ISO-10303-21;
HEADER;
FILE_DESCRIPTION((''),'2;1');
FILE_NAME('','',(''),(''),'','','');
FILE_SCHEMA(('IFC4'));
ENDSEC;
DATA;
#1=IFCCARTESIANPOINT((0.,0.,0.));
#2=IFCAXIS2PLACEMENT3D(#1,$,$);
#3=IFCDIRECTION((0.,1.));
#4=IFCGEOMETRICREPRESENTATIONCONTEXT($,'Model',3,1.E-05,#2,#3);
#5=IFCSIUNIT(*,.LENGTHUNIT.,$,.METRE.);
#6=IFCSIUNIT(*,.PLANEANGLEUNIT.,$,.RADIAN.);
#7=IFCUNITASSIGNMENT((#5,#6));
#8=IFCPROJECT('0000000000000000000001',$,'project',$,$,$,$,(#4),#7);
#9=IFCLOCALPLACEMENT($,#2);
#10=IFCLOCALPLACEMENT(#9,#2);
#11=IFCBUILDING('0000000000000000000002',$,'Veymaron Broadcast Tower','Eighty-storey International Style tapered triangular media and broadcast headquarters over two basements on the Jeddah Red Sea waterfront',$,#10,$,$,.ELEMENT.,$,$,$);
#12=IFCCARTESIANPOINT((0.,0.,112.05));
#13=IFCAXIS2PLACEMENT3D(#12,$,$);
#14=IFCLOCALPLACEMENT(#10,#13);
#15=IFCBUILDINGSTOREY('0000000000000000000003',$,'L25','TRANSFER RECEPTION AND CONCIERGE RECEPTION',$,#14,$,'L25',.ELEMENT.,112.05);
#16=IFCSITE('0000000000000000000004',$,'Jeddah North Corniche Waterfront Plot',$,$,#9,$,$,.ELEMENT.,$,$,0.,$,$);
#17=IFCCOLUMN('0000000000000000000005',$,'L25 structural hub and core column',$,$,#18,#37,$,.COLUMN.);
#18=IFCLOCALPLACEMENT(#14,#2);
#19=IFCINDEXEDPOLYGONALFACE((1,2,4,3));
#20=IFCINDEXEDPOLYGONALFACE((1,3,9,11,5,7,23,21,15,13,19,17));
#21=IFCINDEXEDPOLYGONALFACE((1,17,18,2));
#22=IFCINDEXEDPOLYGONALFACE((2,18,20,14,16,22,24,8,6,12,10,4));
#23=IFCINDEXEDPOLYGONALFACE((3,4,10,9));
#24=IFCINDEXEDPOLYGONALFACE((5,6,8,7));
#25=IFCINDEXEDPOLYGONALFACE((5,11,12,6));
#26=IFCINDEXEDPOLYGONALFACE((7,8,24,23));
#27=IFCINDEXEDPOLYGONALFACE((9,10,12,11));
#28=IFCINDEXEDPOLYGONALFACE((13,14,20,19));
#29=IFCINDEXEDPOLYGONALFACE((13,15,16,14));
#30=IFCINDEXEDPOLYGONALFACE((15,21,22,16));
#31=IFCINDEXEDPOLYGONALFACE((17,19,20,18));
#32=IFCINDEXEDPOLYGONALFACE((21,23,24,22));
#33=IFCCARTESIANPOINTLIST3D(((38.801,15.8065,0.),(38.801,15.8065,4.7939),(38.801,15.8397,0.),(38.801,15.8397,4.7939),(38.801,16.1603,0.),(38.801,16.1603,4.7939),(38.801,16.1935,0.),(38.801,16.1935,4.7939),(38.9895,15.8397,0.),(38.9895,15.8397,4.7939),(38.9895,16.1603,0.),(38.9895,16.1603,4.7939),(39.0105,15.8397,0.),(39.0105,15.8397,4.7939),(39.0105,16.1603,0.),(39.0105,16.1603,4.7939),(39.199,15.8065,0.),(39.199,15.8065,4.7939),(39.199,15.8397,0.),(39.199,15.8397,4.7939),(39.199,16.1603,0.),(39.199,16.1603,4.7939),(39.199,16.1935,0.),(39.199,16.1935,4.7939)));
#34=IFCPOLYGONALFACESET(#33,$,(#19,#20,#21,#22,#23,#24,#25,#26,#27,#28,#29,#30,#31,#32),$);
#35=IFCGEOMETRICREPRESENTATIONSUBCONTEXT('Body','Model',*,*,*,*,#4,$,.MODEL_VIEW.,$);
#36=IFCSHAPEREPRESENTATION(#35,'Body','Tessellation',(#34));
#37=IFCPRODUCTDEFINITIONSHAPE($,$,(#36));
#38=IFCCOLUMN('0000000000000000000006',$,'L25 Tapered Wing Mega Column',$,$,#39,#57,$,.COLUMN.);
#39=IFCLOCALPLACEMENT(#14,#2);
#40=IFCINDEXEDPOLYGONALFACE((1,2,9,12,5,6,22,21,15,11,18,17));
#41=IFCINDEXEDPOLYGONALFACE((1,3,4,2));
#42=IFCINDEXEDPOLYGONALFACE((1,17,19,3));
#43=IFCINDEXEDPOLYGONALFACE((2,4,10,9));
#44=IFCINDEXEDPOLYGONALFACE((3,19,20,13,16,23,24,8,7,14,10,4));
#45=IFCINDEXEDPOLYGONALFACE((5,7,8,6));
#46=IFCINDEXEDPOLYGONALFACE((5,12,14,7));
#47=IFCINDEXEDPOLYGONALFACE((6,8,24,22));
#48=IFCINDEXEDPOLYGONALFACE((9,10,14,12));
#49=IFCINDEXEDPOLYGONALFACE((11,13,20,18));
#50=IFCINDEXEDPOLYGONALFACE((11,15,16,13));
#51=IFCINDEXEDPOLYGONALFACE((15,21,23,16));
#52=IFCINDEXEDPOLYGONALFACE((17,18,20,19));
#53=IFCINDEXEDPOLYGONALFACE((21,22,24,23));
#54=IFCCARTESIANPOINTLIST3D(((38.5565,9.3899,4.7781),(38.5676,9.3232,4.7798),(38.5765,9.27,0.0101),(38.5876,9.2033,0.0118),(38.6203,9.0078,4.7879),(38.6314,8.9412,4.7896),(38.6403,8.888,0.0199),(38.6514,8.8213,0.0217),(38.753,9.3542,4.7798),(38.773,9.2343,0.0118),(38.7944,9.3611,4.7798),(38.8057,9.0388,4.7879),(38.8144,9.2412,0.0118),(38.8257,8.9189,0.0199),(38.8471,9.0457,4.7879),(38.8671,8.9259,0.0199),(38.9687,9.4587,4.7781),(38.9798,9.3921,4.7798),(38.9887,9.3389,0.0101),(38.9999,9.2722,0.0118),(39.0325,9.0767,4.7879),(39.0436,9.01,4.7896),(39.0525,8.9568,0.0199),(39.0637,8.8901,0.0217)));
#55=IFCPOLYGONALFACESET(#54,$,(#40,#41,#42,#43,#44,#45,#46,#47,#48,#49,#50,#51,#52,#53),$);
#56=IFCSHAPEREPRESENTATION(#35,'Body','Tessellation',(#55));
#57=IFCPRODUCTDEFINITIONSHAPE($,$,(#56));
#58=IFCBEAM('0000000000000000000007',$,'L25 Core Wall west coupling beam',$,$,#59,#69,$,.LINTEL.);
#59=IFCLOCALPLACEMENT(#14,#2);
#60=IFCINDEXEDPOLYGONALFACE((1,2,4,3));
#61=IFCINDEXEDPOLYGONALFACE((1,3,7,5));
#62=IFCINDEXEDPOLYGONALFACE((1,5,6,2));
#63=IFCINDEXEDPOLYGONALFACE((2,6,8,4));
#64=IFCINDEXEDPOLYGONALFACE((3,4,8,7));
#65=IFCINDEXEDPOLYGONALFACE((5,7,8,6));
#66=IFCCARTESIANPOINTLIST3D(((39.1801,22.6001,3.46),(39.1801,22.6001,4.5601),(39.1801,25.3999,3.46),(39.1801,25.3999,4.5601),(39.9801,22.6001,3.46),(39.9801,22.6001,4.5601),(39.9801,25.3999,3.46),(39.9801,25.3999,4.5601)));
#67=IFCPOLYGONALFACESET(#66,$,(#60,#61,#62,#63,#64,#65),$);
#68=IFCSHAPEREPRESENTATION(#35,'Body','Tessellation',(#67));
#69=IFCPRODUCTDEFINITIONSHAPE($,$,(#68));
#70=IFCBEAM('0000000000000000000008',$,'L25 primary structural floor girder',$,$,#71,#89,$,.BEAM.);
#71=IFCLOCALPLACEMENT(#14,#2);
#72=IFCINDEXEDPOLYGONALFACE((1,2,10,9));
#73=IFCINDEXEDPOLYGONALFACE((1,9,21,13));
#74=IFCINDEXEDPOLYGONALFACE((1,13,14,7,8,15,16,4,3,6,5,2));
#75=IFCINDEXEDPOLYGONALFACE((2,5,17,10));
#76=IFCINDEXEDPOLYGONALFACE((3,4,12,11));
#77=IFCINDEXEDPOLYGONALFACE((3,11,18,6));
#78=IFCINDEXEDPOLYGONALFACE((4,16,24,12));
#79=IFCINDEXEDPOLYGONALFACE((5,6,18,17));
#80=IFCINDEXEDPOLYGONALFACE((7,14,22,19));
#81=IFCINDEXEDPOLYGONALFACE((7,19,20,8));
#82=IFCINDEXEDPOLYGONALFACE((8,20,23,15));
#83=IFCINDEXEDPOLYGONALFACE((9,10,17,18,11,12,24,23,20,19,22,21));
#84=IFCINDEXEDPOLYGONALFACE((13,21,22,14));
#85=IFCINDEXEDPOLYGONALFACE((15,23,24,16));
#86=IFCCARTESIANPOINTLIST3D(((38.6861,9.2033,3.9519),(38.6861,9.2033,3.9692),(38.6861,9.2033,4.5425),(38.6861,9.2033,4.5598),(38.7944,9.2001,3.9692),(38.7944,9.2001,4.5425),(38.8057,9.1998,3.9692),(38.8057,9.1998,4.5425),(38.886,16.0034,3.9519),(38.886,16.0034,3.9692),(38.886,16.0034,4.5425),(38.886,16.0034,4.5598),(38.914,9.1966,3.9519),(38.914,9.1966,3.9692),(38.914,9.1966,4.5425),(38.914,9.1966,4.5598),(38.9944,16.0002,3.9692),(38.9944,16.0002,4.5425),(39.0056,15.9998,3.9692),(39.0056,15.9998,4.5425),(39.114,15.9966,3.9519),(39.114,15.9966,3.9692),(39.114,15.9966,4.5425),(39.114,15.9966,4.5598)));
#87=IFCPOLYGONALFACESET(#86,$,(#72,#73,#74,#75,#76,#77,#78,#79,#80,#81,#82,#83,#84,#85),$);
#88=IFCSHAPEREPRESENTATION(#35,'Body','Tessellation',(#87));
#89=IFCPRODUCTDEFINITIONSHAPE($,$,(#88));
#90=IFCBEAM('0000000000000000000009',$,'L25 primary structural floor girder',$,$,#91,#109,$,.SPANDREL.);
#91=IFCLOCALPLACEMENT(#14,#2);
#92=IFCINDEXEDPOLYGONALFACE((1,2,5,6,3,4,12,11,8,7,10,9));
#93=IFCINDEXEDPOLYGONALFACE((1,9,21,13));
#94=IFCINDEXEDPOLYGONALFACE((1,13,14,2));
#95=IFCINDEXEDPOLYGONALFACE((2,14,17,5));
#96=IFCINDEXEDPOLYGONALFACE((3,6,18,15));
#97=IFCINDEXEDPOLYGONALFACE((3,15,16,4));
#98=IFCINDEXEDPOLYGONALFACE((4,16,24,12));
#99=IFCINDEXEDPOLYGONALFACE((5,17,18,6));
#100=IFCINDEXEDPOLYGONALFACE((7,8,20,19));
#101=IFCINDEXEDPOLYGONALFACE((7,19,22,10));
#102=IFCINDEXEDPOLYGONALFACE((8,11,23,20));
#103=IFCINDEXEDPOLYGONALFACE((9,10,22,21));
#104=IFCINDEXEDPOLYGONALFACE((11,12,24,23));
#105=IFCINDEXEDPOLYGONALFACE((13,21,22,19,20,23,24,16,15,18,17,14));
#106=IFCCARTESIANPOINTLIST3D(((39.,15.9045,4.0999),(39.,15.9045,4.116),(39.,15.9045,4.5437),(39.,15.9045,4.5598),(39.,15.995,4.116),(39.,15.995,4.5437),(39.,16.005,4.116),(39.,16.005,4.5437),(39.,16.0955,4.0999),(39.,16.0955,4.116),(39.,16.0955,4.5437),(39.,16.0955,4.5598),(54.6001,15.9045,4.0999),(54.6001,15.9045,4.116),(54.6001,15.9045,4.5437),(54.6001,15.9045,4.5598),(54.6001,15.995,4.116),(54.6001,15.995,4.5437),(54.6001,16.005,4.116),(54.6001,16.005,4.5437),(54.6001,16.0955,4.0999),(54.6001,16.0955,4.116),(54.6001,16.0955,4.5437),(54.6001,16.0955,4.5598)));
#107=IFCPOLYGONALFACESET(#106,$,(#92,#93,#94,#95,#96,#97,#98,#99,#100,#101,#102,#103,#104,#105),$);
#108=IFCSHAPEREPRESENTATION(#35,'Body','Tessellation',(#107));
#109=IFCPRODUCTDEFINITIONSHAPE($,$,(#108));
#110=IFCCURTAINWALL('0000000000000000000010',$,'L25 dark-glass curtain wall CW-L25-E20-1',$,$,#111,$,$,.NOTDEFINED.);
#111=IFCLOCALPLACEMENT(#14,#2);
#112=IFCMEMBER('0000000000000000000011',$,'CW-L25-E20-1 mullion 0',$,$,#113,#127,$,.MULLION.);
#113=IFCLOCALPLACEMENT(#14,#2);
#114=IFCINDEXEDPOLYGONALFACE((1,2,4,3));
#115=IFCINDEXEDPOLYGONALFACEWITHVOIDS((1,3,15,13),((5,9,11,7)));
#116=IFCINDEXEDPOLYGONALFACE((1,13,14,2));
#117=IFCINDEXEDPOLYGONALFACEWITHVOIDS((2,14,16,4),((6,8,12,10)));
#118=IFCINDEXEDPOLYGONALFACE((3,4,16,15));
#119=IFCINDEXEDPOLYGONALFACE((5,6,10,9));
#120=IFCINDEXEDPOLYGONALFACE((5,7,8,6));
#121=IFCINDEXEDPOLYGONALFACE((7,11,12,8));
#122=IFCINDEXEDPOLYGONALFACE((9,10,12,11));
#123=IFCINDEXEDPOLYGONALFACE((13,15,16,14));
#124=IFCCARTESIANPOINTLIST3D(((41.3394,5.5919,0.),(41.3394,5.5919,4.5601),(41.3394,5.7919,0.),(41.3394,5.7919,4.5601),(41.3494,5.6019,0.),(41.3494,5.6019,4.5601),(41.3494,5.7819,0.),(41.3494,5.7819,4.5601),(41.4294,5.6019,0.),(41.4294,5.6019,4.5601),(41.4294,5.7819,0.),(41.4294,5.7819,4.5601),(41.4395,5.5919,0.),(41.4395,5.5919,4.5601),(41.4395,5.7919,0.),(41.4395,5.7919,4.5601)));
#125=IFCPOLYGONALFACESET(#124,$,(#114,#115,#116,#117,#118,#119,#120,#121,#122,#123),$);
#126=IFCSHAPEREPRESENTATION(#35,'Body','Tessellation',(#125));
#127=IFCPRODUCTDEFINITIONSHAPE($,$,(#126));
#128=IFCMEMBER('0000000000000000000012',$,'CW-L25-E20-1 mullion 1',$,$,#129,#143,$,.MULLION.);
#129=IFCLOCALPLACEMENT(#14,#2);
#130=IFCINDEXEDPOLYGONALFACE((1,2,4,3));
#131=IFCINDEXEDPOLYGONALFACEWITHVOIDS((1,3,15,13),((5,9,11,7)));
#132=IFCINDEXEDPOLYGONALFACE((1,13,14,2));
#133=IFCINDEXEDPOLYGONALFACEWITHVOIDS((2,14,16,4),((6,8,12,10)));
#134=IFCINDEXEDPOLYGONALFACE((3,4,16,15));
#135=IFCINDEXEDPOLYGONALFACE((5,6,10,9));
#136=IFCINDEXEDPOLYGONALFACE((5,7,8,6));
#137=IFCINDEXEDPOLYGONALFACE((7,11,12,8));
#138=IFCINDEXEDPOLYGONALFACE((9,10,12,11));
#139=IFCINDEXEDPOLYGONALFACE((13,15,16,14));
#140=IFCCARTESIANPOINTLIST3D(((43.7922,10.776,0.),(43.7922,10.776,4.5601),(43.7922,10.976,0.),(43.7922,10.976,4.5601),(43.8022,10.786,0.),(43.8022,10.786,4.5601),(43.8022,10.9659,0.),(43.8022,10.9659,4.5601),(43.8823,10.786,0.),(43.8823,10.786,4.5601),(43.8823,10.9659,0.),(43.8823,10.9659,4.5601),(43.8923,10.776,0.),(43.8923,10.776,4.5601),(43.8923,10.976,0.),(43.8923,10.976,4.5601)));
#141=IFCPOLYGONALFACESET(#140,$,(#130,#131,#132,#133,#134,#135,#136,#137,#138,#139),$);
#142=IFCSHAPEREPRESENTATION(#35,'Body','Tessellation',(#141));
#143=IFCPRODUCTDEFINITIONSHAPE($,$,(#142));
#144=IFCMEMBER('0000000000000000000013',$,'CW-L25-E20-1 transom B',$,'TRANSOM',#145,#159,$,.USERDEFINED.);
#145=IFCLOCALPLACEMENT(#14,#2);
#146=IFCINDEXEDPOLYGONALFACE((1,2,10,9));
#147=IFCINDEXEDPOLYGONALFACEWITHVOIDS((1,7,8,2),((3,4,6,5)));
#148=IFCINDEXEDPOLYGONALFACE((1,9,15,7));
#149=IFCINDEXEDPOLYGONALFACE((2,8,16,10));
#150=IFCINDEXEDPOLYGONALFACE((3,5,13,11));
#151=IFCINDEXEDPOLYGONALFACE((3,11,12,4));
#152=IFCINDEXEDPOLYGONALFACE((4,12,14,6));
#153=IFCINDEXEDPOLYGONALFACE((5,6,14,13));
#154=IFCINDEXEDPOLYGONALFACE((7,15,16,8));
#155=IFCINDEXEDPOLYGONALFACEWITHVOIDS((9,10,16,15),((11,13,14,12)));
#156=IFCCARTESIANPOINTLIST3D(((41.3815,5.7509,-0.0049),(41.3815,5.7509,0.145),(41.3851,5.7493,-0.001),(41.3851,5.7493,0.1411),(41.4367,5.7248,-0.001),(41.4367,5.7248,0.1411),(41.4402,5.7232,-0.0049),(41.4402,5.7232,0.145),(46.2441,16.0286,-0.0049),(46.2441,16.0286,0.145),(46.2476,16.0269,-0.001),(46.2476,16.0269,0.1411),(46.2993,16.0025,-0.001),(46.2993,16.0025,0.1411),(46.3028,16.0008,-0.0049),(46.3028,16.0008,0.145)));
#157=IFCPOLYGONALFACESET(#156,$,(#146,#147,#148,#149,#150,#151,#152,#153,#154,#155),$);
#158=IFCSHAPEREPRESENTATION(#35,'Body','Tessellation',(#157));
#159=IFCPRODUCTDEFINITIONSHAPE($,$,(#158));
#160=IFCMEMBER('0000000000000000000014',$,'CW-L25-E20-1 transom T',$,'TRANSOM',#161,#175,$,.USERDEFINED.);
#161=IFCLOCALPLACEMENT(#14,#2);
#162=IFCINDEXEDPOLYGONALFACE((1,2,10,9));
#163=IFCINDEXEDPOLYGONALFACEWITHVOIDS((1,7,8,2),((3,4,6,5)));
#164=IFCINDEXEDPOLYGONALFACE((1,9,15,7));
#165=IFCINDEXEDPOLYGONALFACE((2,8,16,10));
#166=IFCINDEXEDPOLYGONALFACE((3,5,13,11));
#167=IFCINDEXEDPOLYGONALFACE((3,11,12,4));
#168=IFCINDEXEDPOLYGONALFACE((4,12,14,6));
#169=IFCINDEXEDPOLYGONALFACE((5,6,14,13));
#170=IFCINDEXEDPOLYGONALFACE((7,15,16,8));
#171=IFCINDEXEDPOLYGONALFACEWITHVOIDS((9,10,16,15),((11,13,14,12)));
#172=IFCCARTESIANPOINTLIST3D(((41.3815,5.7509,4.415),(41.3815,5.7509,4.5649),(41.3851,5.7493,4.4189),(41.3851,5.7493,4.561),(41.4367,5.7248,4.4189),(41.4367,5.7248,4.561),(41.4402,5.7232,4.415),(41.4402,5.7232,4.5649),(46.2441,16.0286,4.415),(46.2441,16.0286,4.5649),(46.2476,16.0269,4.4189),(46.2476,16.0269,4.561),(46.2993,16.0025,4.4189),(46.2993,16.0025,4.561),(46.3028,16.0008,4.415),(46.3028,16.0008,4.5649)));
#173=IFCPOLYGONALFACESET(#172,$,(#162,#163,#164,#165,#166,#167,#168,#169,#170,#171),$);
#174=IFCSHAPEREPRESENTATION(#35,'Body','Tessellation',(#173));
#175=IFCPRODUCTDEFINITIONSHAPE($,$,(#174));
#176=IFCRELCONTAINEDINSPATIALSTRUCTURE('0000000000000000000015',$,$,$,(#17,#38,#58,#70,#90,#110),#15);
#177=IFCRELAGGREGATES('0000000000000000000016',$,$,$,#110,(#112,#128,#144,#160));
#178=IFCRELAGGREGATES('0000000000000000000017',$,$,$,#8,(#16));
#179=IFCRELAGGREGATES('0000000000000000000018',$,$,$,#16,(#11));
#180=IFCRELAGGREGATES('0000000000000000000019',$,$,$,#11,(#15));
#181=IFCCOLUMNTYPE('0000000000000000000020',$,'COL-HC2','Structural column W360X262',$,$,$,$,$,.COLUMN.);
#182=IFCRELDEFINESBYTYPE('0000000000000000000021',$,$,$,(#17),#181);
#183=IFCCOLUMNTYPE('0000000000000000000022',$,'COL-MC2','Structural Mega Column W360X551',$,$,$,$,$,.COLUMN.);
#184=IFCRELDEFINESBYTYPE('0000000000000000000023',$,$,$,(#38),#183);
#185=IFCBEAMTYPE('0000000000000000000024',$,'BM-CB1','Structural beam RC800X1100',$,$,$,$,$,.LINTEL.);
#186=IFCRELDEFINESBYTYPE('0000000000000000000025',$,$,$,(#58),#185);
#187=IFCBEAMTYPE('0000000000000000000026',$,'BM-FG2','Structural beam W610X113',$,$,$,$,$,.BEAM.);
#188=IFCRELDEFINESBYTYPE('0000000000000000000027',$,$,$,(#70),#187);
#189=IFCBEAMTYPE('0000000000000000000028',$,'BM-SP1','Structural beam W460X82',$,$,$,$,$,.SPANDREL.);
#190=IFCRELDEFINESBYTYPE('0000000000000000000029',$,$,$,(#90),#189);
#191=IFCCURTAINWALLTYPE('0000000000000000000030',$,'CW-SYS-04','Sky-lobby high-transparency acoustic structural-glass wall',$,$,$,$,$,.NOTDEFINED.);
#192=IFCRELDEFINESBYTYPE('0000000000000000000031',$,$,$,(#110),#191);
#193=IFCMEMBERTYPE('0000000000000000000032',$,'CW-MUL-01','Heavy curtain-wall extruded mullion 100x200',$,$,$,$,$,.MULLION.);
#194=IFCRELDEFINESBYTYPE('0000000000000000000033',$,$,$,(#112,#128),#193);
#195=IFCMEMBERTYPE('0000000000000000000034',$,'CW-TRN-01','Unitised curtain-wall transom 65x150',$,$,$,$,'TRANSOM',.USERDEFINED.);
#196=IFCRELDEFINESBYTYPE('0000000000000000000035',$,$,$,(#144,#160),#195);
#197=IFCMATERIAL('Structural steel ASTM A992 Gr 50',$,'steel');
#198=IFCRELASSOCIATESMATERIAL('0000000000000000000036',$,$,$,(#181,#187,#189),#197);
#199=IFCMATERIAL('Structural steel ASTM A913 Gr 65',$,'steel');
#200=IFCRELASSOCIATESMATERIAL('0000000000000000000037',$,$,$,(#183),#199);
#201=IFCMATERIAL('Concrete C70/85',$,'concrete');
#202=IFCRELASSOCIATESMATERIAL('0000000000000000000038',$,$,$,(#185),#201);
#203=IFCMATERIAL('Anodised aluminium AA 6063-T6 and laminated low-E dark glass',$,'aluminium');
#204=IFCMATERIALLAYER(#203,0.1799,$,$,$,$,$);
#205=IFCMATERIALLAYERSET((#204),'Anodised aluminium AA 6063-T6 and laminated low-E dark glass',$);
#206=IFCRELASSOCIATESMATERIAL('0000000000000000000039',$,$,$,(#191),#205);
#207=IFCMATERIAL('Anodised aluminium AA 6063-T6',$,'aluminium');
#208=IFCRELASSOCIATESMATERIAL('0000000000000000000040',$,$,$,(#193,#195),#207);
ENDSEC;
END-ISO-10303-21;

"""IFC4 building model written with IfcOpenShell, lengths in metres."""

from ifc_helpers import new_model, si_unit, direction, frame, origin, origin_2d, place, context, subcontext, project, spatial, rectangle, hollow_rectangle, i_section, extrude, material, layer, layer_set, material_profile, profile_set, type_object, element, aggregate, save


model = new_model("IFC4")

# Units and contexts
model_context = context("Model", 3, precision=1e-05, world=origin(), true_north=direction((0.0, 1.0)))
body_context = subcontext(model_context, "Body", "Model", "MODEL_VIEW")
ifc_project = project(units=[si_unit("LENGTHUNIT", "METRE"), si_unit("PLANEANGLEUNIT", "RADIAN")], contexts=[model_context])

# Site, building, storey
site_placement = place(None, origin())
site = spatial("IfcSite", under=ifc_project, at=site_placement, Name="Jeddah North Corniche Waterfront Plot", CompositionType="ELEMENT", RefElevation=0.0)
building_placement = place(site_placement, origin())
building = spatial("IfcBuilding", under=site, at=building_placement, Name="Veymaron Broadcast Tower", Description="Eighty-storey International Style tapered triangular media and broadcast headquarters over two basements on the Jeddah Red Sea waterfront", CompositionType="ELEMENT")
storey_placement = place(building_placement, frame((0.0, 0.0, 112.05)))
storey = spatial("IfcBuildingStorey", under=building, at=storey_placement, Name="L25", Description="TRANSFER RECEPTION AND CONCIERGE RECEPTION", LongName="L25", CompositionType="ELEMENT", Elevation=112.05)

# Columns
ifc_material_1 = material(Name="Structural steel ASTM A992 Gr 50", Category="steel")
ifc_material_profile_1 = material_profile(ifc_material_1, i_section(OverallWidth=0.3979, OverallDepth=0.387, WebThickness=0.021, FlangeThickness=0.0332, at=origin_2d()), Name="W360X262")
ifc_profile_set_1 = profile_set([ifc_material_profile_1], Name="Structural steel ASTM A992 Gr 50")
column_type_1 = type_object("IfcColumnType", Name="COL-HC2", Description="Structural column W360X262", PredefinedType="COLUMN", material=ifc_profile_set_1)
column_1_placement = place(storey_placement, frame((39.0, 16.0, 0.0), z_axis=(0.0, 0.0, 1.0), x_axis=(1.0, 0.0, 0.0)))
element("IfcColumn", 1, at=column_1_placement, inside=storey, type_object=column_type_1, Name="L25 structural hub and core column", PredefinedType="COLUMN", context=body_context, shape_type="SweptSolid", body=[
    extrude(i_section(OverallWidth=0.3979, OverallDepth=0.387, WebThickness=0.021, FlangeThickness=0.0332, at=origin_2d()), origin(), (0.0, 0.0, 1.0), 4.7939),
])
ifc_material_2 = material(Name="Structural steel ASTM A913 Gr 65", Category="steel")
ifc_material_profile_2 = material_profile(ifc_material_2, i_section(OverallWidth=0.418, OverallDepth=0.4551, WebThickness=0.042, FlangeThickness=0.0676, at=origin_2d()), Name="W360X551")
ifc_profile_set_2 = profile_set([ifc_material_profile_2], Name="Structural steel ASTM A913 Gr 65")
column_type_2 = type_object("IfcColumnType", Name="COL-MC2", Description="Structural Mega Column W360X551", PredefinedType="COLUMN", material=ifc_profile_set_2)
column_2_placement = place(storey_placement, frame((38.8201, 9.0801, 0.0159), z_axis=(-0.004197, 0.025133, 0.999675), x_axis=(-0.98634, -0.164725, 0.0)))
element("IfcColumn", 2, at=column_2_placement, inside=storey, type_object=column_type_2, Name="L25 Tapered Wing Mega Column", PredefinedType="COLUMN", context=body_context, shape_type="SweptSolid", body=[
    extrude(i_section(OverallWidth=0.418, OverallDepth=0.4551, WebThickness=0.042, FlangeThickness=0.0676, at=origin_2d()), origin(), (0.0, 0.0, 1.0), 4.7695),
])

# Beams
ifc_material_3 = material(Name="Concrete C70/85", Category="concrete")
ifc_material_profile_3 = material_profile(ifc_material_3, rectangle(XDim=0.8, YDim=1.1001, at=origin_2d()), Name="RC800X1100")
ifc_profile_set_3 = profile_set([ifc_material_profile_3], Name="Concrete C70/85")
beam_type_1 = type_object("IfcBeamType", Name="BM-CB1", Description="Structural beam RC800X1100", PredefinedType="LINTEL", material=ifc_profile_set_3)
beam_1_placement = place(storey_placement, frame((39.5801, 22.6001, 4.01), z_axis=(0.0, 1.0, 0.0), x_axis=(-1.0, 0.0, 0.0)))
element("IfcBeam", 3, at=beam_1_placement, inside=storey, type_object=beam_type_1, Name="L25 Core Wall west coupling beam", PredefinedType="LINTEL", context=body_context, shape_type="SweptSolid", body=[
    extrude(rectangle(XDim=0.8, YDim=1.1001, at=origin_2d()), origin(), (0.0, 0.0, 1.0), 2.7998),
])
ifc_material_profile_4 = material_profile(ifc_material_1, i_section(OverallWidth=0.228, OverallDepth=0.6079, WebThickness=0.0112, FlangeThickness=0.0173, at=origin_2d()), Name="W610X113")
ifc_profile_set_4 = profile_set([ifc_material_profile_4], Name="Structural steel ASTM A992 Gr 50")
beam_type_2 = type_object("IfcBeamType", Name="BM-FG2", Description="Structural beam W610X113", PredefinedType="BEAM", material=ifc_profile_set_4)
beam_2_placement = place(storey_placement, frame((39.0, 16.0, 4.2559), z_axis=(-0.029392, -0.999568, 0.0), x_axis=(0.999568, -0.029392, 0.0)))
element("IfcBeam", 4, at=beam_2_placement, inside=storey, type_object=beam_type_2, Name="L25 primary structural floor girder", PredefinedType="BEAM", context=body_context, shape_type="SweptSolid", body=[
    extrude(i_section(OverallWidth=0.228, OverallDepth=0.6079, WebThickness=0.0112, FlangeThickness=0.0173, at=origin_2d()), origin(), (0.0, 0.0, 1.0), 6.803),
])
ifc_material_profile_5 = material_profile(ifc_material_1, i_section(OverallWidth=0.1909, OverallDepth=0.46, WebThickness=0.01, FlangeThickness=0.0161, at=origin_2d()), Name="W460X82")
ifc_profile_set_5 = profile_set([ifc_material_profile_5], Name="Structural steel ASTM A992 Gr 50")
beam_type_3 = type_object("IfcBeamType", Name="BM-SP1", Description="Structural beam W460X82", PredefinedType="SPANDREL", material=ifc_profile_set_5)
beam_3_placement = place(storey_placement, frame((39.0, 16.0, 4.3298), z_axis=(1.0, 0.0, 0.0), x_axis=(0.0, 1.0, 0.0)))
element("IfcBeam", 5, at=beam_3_placement, inside=storey, type_object=beam_type_3, Name="L25 primary structural floor girder", PredefinedType="SPANDREL", context=body_context, shape_type="SweptSolid", body=[
    extrude(i_section(OverallWidth=0.1909, OverallDepth=0.46, WebThickness=0.01, FlangeThickness=0.0161, at=origin_2d()), origin(), (0.0, 0.0, 1.0), 15.6001),
])

# Curtain wall, members
ifc_material_4 = material(Name="Anodised aluminium AA 6063-T6 and laminated low-E dark glass", Category="aluminium")
ifc_layer_1 = layer(ifc_material_4, 0.1799)
ifc_layer_set_1 = layer_set([ifc_layer_1], Name="Anodised aluminium AA 6063-T6 and laminated low-E dark glass")
curtain_wall_type = type_object("IfcCurtainWallType", Name="CW-SYS-04", Description="Sky-lobby high-transparency acoustic structural-glass wall", PredefinedType="NOTDEFINED", material=ifc_layer_set_1)
curtain_wall_placement = place(storey_placement, origin())
curtain_wall = element("IfcCurtainWall", 6, at=curtain_wall_placement, inside=storey, type_object=curtain_wall_type, Name="L25 dark-glass curtain wall CW-L25-E20-1", PredefinedType="NOTDEFINED")
ifc_material_5 = material(Name="Anodised aluminium AA 6063-T6", Category="aluminium")
ifc_material_profile_6 = material_profile(ifc_material_5, hollow_rectangle(XDim=0.1001, YDim=0.2, WallThickness=0.01, at=origin_2d()), Name="RHS200X100X10")
ifc_profile_set_6 = profile_set([ifc_material_profile_6], Name="Anodised aluminium AA 6063-T6")
member_type_1 = type_object("IfcMemberType", Name="CW-MUL-01", Description="Heavy curtain-wall extruded mullion 100x200", PredefinedType="MULLION", material=ifc_profile_set_6)
member_1_placement = place(storey_placement, frame((41.3894, 5.6919, 0.0), z_axis=(0.0, 0.0, 1.0), x_axis=(1.0, 0.0, 0.0)))
member_1 = element("IfcMember", 7, at=member_1_placement, type_object=member_type_1, Name="CW-L25-E20-1 mullion 0", PredefinedType="MULLION", context=body_context, shape_type="SweptSolid", body=[
    extrude(hollow_rectangle(XDim=0.1001, YDim=0.2, WallThickness=0.01, at=origin_2d()), origin(), (0.0, 0.0, 1.0), 4.5601),
])
member_2_placement = place(storey_placement, frame((43.8423, 10.876, 0.0), z_axis=(0.0, 0.0, 1.0), x_axis=(1.0, 0.0, 0.0)))
member_2 = element("IfcMember", 8, at=member_2_placement, type_object=member_type_1, Name="CW-L25-E20-1 mullion 1", PredefinedType="MULLION", context=body_context, shape_type="SweptSolid", body=[
    extrude(hollow_rectangle(XDim=0.1001, YDim=0.2, WallThickness=0.01, at=origin_2d()), origin(), (0.0, 0.0, 1.0), 4.5601),
])
ifc_material_profile_7 = material_profile(ifc_material_5, hollow_rectangle(XDim=0.0649, YDim=0.1499, WallThickness=0.0039, at=origin_2d()), Name="AL150X65X4")
ifc_profile_set_7 = profile_set([ifc_material_profile_7], Name="Anodised aluminium AA 6063-T6")
member_type_2 = type_object("IfcMemberType", Name="CW-TRN-01", Description="Unitised curtain-wall transom 65x150", ElementType="TRANSOM", PredefinedType="USERDEFINED", material=ifc_profile_set_7)
member_3_placement = place(storey_placement, frame((41.4109, 5.7371, 0.0701), z_axis=(0.427671, 0.903934, 0.0), x_axis=(-0.903934, 0.427671, 0.0)))
member_3 = element("IfcMember", 9, at=member_3_placement, type_object=member_type_2, Name="CW-L25-E20-1 transom B", ObjectType="TRANSOM", PredefinedType="USERDEFINED", context=body_context, shape_type="SweptSolid", body=[
    extrude(hollow_rectangle(XDim=0.0649, YDim=0.1499, WallThickness=0.0039, at=origin_2d()), origin(), (0.0, 0.0, 1.0), 11.3699),
])
member_4_placement = place(storey_placement, frame((41.4109, 5.7371, 4.49), z_axis=(0.427671, 0.903934, 0.0), x_axis=(-0.903934, 0.427671, 0.0)))
member_4 = element("IfcMember", 10, at=member_4_placement, type_object=member_type_2, Name="CW-L25-E20-1 transom T", ObjectType="TRANSOM", PredefinedType="USERDEFINED", context=body_context, shape_type="SweptSolid", body=[
    extrude(hollow_rectangle(XDim=0.0649, YDim=0.1499, WallThickness=0.0039, at=origin_2d()), origin(), (0.0, 0.0, 1.0), 11.3699),
])
aggregate(curtain_wall, [member_1, member_2, member_3, member_4])

save(model, "model.ifc")
